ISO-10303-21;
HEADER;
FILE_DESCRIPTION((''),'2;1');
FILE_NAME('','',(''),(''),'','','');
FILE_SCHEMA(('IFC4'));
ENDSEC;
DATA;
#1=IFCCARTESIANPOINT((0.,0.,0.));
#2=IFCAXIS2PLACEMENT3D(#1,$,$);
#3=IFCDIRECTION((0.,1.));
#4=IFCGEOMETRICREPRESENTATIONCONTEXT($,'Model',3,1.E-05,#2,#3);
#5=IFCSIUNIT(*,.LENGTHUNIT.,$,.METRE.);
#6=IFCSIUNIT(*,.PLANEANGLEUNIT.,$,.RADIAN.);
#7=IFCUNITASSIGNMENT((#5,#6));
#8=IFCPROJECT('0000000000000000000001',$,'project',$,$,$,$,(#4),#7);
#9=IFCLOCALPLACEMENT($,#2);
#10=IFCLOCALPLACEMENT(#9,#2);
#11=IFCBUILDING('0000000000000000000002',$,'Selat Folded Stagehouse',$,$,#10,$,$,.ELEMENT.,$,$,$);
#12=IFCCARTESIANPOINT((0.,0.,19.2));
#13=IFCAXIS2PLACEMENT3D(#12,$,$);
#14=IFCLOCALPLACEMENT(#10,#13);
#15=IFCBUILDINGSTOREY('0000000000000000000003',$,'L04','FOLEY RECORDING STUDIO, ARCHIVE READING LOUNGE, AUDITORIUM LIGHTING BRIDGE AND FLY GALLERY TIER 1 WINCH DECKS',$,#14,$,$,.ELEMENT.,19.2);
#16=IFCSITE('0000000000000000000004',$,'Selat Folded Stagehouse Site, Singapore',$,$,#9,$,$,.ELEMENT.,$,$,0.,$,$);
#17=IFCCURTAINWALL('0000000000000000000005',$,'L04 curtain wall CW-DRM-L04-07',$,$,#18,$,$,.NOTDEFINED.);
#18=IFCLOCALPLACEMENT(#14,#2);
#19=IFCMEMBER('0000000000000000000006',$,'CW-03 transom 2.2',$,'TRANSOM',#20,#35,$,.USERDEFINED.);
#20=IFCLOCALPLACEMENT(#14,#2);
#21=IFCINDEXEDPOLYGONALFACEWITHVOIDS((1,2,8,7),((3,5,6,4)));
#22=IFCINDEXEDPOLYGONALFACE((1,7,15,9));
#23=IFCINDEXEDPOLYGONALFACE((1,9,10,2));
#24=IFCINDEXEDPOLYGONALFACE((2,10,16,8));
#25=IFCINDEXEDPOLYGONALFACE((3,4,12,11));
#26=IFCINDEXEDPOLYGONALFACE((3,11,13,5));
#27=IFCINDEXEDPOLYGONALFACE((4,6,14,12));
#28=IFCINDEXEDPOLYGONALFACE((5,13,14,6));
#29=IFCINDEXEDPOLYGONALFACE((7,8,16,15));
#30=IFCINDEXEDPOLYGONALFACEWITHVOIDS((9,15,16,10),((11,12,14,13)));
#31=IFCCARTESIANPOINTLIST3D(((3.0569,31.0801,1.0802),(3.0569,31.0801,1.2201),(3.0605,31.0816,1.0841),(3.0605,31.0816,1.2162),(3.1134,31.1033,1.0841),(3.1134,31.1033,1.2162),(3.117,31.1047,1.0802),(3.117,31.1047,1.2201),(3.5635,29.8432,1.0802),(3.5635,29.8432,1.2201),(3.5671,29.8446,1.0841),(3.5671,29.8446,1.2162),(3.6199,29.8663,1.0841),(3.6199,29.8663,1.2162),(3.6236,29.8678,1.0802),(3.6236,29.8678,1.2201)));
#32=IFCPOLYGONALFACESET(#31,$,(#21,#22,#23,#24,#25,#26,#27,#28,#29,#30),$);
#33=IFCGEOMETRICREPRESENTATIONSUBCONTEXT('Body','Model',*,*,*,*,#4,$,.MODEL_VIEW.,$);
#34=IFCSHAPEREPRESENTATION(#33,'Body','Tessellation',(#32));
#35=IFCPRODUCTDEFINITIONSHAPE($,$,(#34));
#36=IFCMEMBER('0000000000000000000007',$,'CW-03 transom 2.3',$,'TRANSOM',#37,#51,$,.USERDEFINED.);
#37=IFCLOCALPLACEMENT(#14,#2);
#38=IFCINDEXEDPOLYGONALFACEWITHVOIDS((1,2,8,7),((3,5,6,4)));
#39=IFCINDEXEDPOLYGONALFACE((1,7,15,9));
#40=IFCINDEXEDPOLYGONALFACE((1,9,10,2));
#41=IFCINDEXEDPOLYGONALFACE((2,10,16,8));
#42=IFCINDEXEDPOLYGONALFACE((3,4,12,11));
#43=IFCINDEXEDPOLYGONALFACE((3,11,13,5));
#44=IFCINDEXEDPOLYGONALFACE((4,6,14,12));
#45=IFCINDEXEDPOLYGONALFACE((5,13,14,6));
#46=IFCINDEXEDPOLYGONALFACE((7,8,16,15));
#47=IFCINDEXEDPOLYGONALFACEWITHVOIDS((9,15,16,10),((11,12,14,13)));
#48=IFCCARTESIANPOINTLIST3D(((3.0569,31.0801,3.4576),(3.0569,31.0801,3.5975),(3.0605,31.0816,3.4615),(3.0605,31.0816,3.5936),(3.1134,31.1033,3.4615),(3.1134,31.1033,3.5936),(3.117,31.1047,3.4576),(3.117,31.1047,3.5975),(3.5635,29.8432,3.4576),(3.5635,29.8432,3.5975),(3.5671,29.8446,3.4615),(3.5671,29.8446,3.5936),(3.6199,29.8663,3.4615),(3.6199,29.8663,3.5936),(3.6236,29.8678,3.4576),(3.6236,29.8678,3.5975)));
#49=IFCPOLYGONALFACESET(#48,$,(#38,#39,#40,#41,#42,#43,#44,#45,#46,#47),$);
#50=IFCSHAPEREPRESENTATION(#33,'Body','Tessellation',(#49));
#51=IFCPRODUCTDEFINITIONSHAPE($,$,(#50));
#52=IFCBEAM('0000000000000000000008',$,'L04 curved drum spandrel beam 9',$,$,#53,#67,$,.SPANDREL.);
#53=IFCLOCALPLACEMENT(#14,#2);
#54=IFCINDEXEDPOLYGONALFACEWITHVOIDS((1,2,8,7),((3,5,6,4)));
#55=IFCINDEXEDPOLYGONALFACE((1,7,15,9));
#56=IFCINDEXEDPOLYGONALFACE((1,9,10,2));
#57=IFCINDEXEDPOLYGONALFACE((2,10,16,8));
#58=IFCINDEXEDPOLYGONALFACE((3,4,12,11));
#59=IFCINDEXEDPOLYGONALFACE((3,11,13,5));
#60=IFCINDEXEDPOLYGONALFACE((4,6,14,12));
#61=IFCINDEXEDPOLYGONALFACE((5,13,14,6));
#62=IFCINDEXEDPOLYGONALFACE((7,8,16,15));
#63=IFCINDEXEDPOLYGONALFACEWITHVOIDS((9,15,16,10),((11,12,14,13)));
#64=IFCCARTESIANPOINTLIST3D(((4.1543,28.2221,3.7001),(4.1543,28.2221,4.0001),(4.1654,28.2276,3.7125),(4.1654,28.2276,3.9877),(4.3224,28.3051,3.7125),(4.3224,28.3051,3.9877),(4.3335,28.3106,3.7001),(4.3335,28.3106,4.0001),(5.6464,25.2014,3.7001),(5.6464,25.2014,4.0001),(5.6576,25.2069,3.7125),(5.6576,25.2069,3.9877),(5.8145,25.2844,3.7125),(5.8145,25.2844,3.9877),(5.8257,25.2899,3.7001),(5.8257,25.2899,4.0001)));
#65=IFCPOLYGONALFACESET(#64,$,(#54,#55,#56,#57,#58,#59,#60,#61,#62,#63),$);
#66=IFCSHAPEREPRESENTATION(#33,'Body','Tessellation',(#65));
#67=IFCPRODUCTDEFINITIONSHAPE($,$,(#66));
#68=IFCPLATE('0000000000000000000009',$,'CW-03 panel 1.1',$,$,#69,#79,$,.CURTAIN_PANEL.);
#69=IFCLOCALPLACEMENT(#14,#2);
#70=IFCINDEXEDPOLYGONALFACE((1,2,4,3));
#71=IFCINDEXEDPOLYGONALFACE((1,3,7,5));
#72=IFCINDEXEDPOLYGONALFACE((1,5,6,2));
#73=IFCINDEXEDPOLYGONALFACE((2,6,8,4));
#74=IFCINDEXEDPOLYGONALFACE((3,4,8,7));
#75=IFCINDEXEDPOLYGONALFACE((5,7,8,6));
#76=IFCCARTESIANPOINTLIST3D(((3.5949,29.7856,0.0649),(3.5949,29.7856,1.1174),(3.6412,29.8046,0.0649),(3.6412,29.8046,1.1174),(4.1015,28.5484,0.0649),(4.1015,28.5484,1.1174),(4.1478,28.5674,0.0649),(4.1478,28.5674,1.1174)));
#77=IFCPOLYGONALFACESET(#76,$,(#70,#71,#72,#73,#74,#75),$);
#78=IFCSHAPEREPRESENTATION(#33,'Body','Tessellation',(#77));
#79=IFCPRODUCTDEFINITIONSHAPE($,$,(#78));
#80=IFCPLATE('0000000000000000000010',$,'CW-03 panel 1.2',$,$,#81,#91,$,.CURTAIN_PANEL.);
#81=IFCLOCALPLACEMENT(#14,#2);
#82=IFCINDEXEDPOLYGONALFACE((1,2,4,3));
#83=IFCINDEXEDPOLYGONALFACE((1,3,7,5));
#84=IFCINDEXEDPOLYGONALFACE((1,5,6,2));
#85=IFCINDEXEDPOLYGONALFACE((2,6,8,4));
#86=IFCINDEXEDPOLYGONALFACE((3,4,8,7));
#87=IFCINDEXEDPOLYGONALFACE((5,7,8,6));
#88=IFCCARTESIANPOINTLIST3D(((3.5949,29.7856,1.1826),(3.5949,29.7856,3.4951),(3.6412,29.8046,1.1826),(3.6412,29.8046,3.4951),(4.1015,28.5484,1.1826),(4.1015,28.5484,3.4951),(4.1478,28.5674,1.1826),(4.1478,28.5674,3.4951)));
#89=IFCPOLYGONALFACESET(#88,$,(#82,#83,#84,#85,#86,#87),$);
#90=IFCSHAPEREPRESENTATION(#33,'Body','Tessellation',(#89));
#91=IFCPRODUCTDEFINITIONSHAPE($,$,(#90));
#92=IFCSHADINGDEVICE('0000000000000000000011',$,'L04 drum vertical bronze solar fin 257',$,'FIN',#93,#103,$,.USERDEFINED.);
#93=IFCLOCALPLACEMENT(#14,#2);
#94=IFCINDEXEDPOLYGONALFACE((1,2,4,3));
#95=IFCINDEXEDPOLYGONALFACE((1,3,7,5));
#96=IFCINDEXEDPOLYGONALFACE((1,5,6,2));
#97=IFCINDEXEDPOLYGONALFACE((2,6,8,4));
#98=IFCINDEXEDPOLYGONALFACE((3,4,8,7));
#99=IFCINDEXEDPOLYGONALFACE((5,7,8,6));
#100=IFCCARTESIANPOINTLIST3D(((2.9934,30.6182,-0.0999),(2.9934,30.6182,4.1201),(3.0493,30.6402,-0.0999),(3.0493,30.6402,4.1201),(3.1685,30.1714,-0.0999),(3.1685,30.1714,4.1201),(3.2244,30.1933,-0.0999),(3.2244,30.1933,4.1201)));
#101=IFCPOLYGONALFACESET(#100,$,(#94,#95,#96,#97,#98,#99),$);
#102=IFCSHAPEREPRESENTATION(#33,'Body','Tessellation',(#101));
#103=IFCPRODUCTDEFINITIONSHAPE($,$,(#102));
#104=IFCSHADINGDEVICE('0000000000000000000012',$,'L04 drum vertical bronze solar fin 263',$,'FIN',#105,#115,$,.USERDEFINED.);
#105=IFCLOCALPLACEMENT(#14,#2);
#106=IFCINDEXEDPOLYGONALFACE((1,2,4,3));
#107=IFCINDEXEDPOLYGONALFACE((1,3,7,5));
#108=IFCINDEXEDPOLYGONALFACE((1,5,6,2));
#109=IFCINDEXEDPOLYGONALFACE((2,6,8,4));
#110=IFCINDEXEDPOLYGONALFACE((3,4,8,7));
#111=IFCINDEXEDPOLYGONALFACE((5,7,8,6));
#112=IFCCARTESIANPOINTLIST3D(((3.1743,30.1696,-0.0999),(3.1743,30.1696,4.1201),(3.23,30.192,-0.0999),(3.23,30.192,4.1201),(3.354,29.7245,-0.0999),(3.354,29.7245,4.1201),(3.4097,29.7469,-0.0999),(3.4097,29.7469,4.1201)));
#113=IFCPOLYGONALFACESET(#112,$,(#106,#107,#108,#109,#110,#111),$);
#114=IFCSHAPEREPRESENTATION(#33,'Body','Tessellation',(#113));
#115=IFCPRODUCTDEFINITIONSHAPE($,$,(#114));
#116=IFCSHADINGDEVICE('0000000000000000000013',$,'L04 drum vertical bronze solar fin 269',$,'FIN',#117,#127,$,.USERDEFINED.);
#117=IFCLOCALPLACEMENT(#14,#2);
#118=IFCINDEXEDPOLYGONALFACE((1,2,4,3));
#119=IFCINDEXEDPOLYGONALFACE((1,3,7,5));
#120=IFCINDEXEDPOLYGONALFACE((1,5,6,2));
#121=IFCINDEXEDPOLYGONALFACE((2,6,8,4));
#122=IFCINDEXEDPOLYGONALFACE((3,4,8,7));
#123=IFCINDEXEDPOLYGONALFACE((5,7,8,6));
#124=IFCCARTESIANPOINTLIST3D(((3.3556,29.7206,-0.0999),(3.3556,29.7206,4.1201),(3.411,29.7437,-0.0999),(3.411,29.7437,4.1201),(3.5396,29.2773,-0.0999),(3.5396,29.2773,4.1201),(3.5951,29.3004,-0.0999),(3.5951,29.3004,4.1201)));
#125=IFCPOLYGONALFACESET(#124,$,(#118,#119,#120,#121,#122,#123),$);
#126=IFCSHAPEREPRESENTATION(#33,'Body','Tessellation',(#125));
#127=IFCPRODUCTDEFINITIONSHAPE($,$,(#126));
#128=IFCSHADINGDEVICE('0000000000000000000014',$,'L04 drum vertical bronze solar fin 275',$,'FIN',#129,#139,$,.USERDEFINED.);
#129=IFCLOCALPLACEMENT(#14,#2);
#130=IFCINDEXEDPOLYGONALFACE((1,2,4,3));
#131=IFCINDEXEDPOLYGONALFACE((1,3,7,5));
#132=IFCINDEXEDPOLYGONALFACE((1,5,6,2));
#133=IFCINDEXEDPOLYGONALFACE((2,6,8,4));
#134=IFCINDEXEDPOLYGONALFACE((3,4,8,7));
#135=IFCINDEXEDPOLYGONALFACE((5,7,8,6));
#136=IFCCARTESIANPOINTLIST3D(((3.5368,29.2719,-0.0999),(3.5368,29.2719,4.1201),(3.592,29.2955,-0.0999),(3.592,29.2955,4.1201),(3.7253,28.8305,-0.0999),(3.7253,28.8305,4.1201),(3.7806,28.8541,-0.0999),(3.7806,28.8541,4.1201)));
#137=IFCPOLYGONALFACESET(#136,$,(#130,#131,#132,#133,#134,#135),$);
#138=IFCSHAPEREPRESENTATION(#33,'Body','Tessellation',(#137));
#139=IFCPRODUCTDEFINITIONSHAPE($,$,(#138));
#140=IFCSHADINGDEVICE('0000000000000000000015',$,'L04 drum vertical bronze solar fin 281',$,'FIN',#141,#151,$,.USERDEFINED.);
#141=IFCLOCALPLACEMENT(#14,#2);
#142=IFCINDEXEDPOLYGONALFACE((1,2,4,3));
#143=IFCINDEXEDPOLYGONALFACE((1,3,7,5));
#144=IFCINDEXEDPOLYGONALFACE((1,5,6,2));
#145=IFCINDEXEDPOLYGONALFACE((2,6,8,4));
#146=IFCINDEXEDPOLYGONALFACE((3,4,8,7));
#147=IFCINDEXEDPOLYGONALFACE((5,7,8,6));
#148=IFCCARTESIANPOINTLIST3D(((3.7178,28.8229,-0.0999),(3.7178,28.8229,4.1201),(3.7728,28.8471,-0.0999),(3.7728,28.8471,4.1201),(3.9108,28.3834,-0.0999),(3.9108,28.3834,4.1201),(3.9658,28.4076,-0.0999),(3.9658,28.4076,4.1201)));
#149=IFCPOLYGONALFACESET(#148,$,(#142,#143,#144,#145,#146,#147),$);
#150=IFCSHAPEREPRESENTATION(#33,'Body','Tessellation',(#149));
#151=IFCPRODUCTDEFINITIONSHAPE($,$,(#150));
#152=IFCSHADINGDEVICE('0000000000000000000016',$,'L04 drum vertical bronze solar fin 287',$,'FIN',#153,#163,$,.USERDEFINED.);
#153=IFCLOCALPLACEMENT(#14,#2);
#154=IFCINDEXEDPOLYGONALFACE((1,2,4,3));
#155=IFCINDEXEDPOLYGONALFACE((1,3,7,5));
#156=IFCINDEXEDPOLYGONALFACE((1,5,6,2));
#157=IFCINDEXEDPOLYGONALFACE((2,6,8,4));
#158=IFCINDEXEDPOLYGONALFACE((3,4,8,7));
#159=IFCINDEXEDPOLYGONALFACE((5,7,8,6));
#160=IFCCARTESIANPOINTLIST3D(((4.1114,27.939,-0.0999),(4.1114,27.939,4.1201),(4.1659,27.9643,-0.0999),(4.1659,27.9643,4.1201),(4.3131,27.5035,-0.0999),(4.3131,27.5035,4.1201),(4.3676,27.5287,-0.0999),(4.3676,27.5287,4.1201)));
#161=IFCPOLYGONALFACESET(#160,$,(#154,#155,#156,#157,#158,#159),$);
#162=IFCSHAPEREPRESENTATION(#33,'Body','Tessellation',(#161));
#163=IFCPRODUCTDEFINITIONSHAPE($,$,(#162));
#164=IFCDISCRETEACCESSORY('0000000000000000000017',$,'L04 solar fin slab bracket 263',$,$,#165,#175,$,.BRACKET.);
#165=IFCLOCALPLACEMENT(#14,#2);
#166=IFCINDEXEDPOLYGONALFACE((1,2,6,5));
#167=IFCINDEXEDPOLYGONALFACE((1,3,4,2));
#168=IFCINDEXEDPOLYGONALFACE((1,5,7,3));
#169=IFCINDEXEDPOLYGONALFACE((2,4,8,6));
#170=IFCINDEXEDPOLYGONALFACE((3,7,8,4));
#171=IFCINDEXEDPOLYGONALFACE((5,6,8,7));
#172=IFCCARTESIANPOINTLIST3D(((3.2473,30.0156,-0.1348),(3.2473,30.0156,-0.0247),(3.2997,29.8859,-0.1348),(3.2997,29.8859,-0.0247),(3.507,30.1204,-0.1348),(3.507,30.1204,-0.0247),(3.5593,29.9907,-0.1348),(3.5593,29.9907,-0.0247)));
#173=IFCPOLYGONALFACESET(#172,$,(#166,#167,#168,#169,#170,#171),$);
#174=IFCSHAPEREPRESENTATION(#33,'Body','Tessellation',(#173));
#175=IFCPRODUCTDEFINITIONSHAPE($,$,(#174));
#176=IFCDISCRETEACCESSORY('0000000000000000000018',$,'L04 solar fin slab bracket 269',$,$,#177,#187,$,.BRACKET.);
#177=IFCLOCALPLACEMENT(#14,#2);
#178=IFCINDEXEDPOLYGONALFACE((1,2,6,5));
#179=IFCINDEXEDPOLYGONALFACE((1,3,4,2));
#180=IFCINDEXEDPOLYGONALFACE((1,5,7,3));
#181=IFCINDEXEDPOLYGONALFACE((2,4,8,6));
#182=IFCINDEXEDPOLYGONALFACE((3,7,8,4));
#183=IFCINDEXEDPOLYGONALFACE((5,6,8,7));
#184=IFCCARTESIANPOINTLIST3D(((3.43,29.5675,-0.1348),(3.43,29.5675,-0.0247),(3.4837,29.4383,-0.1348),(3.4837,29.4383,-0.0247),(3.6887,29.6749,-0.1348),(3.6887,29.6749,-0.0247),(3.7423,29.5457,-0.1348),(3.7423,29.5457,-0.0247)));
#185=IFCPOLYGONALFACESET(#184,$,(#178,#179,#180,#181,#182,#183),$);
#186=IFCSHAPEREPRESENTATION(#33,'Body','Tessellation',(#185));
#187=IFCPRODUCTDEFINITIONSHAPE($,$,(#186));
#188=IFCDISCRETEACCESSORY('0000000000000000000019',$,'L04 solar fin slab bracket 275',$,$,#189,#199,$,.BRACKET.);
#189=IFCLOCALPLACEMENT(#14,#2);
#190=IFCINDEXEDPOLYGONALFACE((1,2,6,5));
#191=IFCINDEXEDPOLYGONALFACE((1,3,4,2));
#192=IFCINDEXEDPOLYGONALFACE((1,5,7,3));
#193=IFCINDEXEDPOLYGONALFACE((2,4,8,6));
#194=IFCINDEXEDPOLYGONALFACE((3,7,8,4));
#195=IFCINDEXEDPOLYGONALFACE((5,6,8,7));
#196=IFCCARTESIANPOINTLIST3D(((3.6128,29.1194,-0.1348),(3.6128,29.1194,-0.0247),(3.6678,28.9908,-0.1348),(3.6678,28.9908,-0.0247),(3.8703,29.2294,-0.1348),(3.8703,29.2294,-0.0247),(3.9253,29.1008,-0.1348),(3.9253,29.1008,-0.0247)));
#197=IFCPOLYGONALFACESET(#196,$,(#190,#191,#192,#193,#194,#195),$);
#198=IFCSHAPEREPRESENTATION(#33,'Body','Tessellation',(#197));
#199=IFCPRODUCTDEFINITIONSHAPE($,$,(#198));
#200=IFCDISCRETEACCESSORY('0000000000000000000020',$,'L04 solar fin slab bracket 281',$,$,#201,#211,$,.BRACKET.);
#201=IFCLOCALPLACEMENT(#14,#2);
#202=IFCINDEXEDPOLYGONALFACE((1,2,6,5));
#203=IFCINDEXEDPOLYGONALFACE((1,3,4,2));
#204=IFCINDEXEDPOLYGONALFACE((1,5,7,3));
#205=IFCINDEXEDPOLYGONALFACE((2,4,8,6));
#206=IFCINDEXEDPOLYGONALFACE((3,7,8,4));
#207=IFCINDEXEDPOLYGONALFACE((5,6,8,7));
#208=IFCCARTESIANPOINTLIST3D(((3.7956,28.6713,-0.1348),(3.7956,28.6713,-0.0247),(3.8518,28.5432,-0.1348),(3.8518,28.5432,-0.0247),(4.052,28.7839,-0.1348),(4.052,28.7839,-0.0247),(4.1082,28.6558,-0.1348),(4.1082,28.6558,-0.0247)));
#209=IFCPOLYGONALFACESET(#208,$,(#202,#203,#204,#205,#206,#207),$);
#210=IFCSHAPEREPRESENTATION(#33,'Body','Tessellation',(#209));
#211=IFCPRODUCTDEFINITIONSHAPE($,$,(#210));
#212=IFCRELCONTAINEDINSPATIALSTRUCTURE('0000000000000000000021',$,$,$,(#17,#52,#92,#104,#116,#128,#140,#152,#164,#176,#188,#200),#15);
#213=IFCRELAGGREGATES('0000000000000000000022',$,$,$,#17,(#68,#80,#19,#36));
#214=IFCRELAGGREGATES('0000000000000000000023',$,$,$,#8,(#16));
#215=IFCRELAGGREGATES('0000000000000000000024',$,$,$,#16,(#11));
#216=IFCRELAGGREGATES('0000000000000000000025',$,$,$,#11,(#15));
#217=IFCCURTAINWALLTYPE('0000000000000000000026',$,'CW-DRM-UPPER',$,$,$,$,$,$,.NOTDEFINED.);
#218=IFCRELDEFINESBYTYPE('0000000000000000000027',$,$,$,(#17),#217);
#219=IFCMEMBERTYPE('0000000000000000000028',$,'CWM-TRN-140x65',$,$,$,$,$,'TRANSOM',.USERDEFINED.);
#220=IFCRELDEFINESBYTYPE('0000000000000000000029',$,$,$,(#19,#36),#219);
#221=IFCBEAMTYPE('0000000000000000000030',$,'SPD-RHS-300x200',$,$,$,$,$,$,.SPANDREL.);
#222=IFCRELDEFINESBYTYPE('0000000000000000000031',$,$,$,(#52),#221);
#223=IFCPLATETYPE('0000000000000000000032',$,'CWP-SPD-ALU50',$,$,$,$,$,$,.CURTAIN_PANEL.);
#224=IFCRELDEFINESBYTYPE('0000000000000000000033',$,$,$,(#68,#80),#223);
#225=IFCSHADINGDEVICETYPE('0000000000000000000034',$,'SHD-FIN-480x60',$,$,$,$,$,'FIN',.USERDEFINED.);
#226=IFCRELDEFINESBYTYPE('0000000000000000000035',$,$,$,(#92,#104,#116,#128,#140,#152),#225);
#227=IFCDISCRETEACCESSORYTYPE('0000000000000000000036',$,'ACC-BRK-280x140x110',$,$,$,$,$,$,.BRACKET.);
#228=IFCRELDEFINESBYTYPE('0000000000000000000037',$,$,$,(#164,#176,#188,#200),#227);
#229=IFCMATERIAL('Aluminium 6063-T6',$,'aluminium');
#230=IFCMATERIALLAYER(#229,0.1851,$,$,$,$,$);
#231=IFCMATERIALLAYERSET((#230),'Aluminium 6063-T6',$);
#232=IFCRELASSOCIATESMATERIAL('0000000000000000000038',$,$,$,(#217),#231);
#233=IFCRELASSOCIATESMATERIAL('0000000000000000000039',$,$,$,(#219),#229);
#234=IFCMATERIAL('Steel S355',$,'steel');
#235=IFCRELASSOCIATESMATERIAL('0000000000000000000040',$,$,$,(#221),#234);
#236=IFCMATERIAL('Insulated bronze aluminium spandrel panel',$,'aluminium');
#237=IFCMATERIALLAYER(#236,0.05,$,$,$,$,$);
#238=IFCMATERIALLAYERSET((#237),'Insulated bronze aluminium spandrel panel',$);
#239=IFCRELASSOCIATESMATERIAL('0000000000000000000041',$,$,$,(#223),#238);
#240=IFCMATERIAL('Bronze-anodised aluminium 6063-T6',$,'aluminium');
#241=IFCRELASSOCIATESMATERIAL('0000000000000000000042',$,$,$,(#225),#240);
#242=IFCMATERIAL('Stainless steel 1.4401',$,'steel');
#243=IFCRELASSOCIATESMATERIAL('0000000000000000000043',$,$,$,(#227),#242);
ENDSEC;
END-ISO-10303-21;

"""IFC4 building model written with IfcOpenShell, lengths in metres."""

from ifc_helpers import new_model, si_unit, direction, frame, origin, origin_2d, place, context, subcontext, project, spatial, rectangle, hollow_rectangle, extrude, material, layer, layer_set, material_profile, profile_set, type_object, element, aggregate, save


model = new_model("IFC4")

# Units and contexts
model_context = context("Model", 3, precision=1e-05, world=origin(), true_north=direction((0.0, 1.0)))
body_context = subcontext(model_context, "Body", "Model", "MODEL_VIEW")
ifc_project = project(units=[si_unit("LENGTHUNIT", "METRE"), si_unit("PLANEANGLEUNIT", "RADIAN")], contexts=[model_context])

# Site, building, storey
site_placement = place(None, origin())
site = spatial("IfcSite", under=ifc_project, at=site_placement, Name="Selat Folded Stagehouse Site, Singapore", CompositionType="ELEMENT", RefElevation=0.0)
building_placement = place(site_placement, origin())
building = spatial("IfcBuilding", under=site, at=building_placement, Name="Selat Folded Stagehouse", CompositionType="ELEMENT")
storey_placement = place(building_placement, frame((0.0, 0.0, 19.2)))
storey = spatial("IfcBuildingStorey", under=building, at=storey_placement, Name="L04", Description="FOLEY RECORDING STUDIO, ARCHIVE READING LOUNGE, AUDITORIUM LIGHTING BRIDGE AND FLY GALLERY TIER 1 WINCH DECKS", CompositionType="ELEMENT", Elevation=19.2)

# Shared definitions
ifc_material_1 = material(Name="Steel S355", Category="steel")

# Curtain wall
ifc_material_2 = material(Name="Aluminium 6063-T6", Category="aluminium")
ifc_layer_1 = layer(ifc_material_2, 0.1851)
ifc_layer_set_1 = layer_set([ifc_layer_1], Name="Aluminium 6063-T6")
curtain_wall_type = type_object("IfcCurtainWallType", Name="CW-DRM-UPPER", PredefinedType="NOTDEFINED", material=ifc_layer_set_1)
curtain_wall_1_placement = place(storey_placement, origin())
curtain_wall_1 = element("IfcCurtainWall", 1, at=curtain_wall_1_placement, inside=storey, type_object=curtain_wall_type, Name="L04 curtain wall CW-DRM-L04-07", PredefinedType="NOTDEFINED")

# Members
ifc_material_profile_1 = material_profile(ifc_material_2, hollow_rectangle(XDim=0.0649, YDim=0.1399, WallThickness=0.0039, at=origin_2d()), Name="ALU 140x65x4.0")
ifc_profile_set_1 = profile_set([ifc_material_profile_1], Name="Aluminium 6063-T6")
member_type_1 = type_object("IfcMemberType", Name="CWM-TRN-140x65", ElementType="TRANSOM", PredefinedType="USERDEFINED", material=ifc_profile_set_1)
member_1_placement = place(storey_placement, frame((3.5935, 29.8555, 1.1501), z_axis=(-0.378967, 0.92541, 0.0), x_axis=(-0.92541, -0.378967, 0.0)))
member_1 = element("IfcMember", 2, at=member_1_placement, type_object=member_type_1, Name="CW-03 transom 2.2", ObjectType="TRANSOM", PredefinedType="USERDEFINED", context=body_context, shape_type="SweptSolid", body=[
    extrude(hollow_rectangle(XDim=0.0649, YDim=0.1399, WallThickness=0.0039, at=origin_2d()), origin(), (0.0, 0.0, 1.0), 1.3367),
])
member_2_placement = place(storey_placement, frame((3.5935, 29.8555, 3.5276), z_axis=(-0.378967, 0.92541, 0.0), x_axis=(-0.92541, -0.378967, 0.0)))
member_2 = element("IfcMember", 3, at=member_2_placement, type_object=member_type_1, Name="CW-03 transom 2.3", ObjectType="TRANSOM", PredefinedType="USERDEFINED", context=body_context, shape_type="SweptSolid", body=[
    extrude(hollow_rectangle(XDim=0.0649, YDim=0.1399, WallThickness=0.0039, at=origin_2d()), origin(), (0.0, 0.0, 1.0), 1.3367),
])

# Beam
ifc_material_profile_2 = material_profile(ifc_material_1, hollow_rectangle(XDim=0.2, YDim=0.3, WallThickness=0.0125, at=origin_2d()), Name="RHS 300x200x12.5")
ifc_profile_set_2 = profile_set([ifc_material_profile_2], Name="Steel S355")
beam_type = type_object("IfcBeamType", Name="SPD-RHS-300x200", PredefinedType="SPANDREL", material=ifc_profile_set_2)
beam_placement = place(storey_placement, frame((4.2439, 28.2664, 3.8501), z_axis=(0.44289, -0.896576, 0.0), x_axis=(0.896576, 0.44289, 0.0)))
element("IfcBeam", 4, at=beam_placement, inside=storey, type_object=beam_type, Name="L04 curved drum spandrel beam 9", PredefinedType="SPANDREL", context=body_context, shape_type="SweptSolid", body=[
    extrude(hollow_rectangle(XDim=0.2, YDim=0.3, WallThickness=0.0125, at=origin_2d()), origin(), (0.0, 0.0, 1.0), 3.3691),
])

# Plates
ifc_material_3 = material(Name="Insulated bronze aluminium spandrel panel", Category="aluminium")
ifc_layer_2 = layer(ifc_material_3, 0.05)
ifc_layer_set_2 = layer_set([ifc_layer_2], Name="Insulated bronze aluminium spandrel panel")
plate_type = type_object("IfcPlateType", Name="CWP-SPD-ALU50", PredefinedType="CURTAIN_PANEL", material=ifc_layer_set_2)
plate_1_placement = place(storey_placement, frame((3.8713, 29.1765, 0.0649), z_axis=(0.0, 0.0, 1.0), x_axis=(-0.378891, 0.925441, 0.0)))
plate_1 = element("IfcPlate", 5, at=plate_1_placement, type_object=plate_type, Name="CW-03 panel 1.1", PredefinedType="CURTAIN_PANEL", context=body_context, shape_type="SweptSolid", body=[
    extrude(rectangle(XDim=1.3369, YDim=0.05, at=origin_2d()), origin(), (0.0, 0.0, 1.0), 1.0525),
])
plate_2_placement = place(storey_placement, frame((3.8713, 29.1765, 1.1826), z_axis=(0.0, 0.0, 1.0), x_axis=(-0.378891, 0.925441, 0.0)))
plate_2 = element("IfcPlate", 6, at=plate_2_placement, type_object=plate_type, Name="CW-03 panel 1.2", PredefinedType="CURTAIN_PANEL", context=body_context, shape_type="SweptSolid", body=[
    extrude(rectangle(XDim=1.3369, YDim=0.05, at=origin_2d()), origin(), (0.0, 0.0, 1.0), 2.3125),
])
aggregate(curtain_wall_1, [plate_1, plate_2, member_1, member_2])

# Shading devices
ifc_material_4 = material(Name="Bronze-anodised aluminium 6063-T6", Category="aluminium")
ifc_material_profile_3 = material_profile(ifc_material_4, rectangle(XDim=0.0601, YDim=0.48, at=origin_2d()), Name="SOLAR-FIN 480x60")
ifc_profile_set_3 = profile_set([ifc_material_profile_3], Name="Bronze-anodised aluminium 6063-T6")
shading_device_type = type_object("IfcShadingDeviceType", Name="SHD-FIN-480x60", ElementType="FIN", PredefinedType="USERDEFINED", material=ifc_profile_set_3)
for number, where, z_axis, x_axis, name in (
    (7, (3.1089, 30.4058, -0.0999), (0.0, 0.0, 1.0), (-0.931056, -0.364877, 0.0), "L04 drum vertical bronze solar fin 257"),
    (8, (3.292, 29.9583, -0.0999), (0.0, 0.0, 1.0), (-0.927315, -0.374283, 0.0), "L04 drum vertical bronze solar fin 263"),
    (9, (3.4753, 29.5105, -0.0999), (0.0, 0.0, 1.0), (-0.923545, -0.38349, 0.0), "L04 drum vertical bronze solar fin 269"),
    (10, (3.6587, 29.063, -0.0999), (0.0, 0.0, 1.0), (-0.919616, -0.392819, 0.0), "L04 drum vertical bronze solar fin 275"),
    (11, (3.8418, 28.6152, -0.0999), (0.0, 0.0, 1.0), (-0.915663, -0.401948, 0.0), "L04 drum vertical bronze solar fin 281"),
    (12, (4.2395, 27.7339, -0.0999), (0.0, 0.0, 1.0), (-0.907411, -0.420244, 0.0), "L04 drum vertical bronze solar fin 287"),
):
    element("IfcShadingDevice", number, at=place(storey_placement, frame(where, z_axis=z_axis, x_axis=x_axis)), inside=storey, type_object=shading_device_type, Name=name, ObjectType="FIN", PredefinedType="USERDEFINED", context=body_context, shape_type="SweptSolid", body=[
        extrude(rectangle(XDim=0.0601, YDim=0.48, at=origin_2d()), origin(), (0.0, 0.0, 1.0), 4.22),
    ])

# Discrete accessories
ifc_material_5 = material(Name="Stainless steel 1.4401", Category="steel")
discrete_accessory_type = type_object("IfcDiscreteAccessoryType", Name="ACC-BRK-280x140x110", PredefinedType="BRACKET", material=ifc_material_5)
for number, where, z_axis, x_axis, name in (
    (13, (3.4033, 30.0032, -0.1348), (0.0, 0.0, 1.0), (-0.927315, -0.374283, 0.0), "L04 solar fin slab bracket 263"),
    (14, (3.5862, 29.5566, -0.1348), (0.0, 0.0, 1.0), (-0.923545, -0.38349, 0.0), "L04 solar fin slab bracket 269"),
    (15, (3.769, 29.1101, -0.1348), (0.0, 0.0, 1.0), (-0.919616, -0.392819, 0.0), "L04 solar fin slab bracket 275"),
    (16, (3.9519, 28.6636, -0.1348), (0.0, 0.0, 1.0), (-0.915663, -0.401948, 0.0), "L04 solar fin slab bracket 281"),
):
    element("IfcDiscreteAccessory", number, at=place(storey_placement, frame(where, z_axis=z_axis, x_axis=x_axis)), inside=storey, type_object=discrete_accessory_type, Name=name, PredefinedType="BRACKET", context=body_context, shape_type="SweptSolid", body=[
        extrude(rectangle(XDim=0.28, YDim=0.1399, at=origin_2d()), origin(), (0.0, 0.0, 1.0), 0.1101),
    ])

save(model, "model.ifc")
